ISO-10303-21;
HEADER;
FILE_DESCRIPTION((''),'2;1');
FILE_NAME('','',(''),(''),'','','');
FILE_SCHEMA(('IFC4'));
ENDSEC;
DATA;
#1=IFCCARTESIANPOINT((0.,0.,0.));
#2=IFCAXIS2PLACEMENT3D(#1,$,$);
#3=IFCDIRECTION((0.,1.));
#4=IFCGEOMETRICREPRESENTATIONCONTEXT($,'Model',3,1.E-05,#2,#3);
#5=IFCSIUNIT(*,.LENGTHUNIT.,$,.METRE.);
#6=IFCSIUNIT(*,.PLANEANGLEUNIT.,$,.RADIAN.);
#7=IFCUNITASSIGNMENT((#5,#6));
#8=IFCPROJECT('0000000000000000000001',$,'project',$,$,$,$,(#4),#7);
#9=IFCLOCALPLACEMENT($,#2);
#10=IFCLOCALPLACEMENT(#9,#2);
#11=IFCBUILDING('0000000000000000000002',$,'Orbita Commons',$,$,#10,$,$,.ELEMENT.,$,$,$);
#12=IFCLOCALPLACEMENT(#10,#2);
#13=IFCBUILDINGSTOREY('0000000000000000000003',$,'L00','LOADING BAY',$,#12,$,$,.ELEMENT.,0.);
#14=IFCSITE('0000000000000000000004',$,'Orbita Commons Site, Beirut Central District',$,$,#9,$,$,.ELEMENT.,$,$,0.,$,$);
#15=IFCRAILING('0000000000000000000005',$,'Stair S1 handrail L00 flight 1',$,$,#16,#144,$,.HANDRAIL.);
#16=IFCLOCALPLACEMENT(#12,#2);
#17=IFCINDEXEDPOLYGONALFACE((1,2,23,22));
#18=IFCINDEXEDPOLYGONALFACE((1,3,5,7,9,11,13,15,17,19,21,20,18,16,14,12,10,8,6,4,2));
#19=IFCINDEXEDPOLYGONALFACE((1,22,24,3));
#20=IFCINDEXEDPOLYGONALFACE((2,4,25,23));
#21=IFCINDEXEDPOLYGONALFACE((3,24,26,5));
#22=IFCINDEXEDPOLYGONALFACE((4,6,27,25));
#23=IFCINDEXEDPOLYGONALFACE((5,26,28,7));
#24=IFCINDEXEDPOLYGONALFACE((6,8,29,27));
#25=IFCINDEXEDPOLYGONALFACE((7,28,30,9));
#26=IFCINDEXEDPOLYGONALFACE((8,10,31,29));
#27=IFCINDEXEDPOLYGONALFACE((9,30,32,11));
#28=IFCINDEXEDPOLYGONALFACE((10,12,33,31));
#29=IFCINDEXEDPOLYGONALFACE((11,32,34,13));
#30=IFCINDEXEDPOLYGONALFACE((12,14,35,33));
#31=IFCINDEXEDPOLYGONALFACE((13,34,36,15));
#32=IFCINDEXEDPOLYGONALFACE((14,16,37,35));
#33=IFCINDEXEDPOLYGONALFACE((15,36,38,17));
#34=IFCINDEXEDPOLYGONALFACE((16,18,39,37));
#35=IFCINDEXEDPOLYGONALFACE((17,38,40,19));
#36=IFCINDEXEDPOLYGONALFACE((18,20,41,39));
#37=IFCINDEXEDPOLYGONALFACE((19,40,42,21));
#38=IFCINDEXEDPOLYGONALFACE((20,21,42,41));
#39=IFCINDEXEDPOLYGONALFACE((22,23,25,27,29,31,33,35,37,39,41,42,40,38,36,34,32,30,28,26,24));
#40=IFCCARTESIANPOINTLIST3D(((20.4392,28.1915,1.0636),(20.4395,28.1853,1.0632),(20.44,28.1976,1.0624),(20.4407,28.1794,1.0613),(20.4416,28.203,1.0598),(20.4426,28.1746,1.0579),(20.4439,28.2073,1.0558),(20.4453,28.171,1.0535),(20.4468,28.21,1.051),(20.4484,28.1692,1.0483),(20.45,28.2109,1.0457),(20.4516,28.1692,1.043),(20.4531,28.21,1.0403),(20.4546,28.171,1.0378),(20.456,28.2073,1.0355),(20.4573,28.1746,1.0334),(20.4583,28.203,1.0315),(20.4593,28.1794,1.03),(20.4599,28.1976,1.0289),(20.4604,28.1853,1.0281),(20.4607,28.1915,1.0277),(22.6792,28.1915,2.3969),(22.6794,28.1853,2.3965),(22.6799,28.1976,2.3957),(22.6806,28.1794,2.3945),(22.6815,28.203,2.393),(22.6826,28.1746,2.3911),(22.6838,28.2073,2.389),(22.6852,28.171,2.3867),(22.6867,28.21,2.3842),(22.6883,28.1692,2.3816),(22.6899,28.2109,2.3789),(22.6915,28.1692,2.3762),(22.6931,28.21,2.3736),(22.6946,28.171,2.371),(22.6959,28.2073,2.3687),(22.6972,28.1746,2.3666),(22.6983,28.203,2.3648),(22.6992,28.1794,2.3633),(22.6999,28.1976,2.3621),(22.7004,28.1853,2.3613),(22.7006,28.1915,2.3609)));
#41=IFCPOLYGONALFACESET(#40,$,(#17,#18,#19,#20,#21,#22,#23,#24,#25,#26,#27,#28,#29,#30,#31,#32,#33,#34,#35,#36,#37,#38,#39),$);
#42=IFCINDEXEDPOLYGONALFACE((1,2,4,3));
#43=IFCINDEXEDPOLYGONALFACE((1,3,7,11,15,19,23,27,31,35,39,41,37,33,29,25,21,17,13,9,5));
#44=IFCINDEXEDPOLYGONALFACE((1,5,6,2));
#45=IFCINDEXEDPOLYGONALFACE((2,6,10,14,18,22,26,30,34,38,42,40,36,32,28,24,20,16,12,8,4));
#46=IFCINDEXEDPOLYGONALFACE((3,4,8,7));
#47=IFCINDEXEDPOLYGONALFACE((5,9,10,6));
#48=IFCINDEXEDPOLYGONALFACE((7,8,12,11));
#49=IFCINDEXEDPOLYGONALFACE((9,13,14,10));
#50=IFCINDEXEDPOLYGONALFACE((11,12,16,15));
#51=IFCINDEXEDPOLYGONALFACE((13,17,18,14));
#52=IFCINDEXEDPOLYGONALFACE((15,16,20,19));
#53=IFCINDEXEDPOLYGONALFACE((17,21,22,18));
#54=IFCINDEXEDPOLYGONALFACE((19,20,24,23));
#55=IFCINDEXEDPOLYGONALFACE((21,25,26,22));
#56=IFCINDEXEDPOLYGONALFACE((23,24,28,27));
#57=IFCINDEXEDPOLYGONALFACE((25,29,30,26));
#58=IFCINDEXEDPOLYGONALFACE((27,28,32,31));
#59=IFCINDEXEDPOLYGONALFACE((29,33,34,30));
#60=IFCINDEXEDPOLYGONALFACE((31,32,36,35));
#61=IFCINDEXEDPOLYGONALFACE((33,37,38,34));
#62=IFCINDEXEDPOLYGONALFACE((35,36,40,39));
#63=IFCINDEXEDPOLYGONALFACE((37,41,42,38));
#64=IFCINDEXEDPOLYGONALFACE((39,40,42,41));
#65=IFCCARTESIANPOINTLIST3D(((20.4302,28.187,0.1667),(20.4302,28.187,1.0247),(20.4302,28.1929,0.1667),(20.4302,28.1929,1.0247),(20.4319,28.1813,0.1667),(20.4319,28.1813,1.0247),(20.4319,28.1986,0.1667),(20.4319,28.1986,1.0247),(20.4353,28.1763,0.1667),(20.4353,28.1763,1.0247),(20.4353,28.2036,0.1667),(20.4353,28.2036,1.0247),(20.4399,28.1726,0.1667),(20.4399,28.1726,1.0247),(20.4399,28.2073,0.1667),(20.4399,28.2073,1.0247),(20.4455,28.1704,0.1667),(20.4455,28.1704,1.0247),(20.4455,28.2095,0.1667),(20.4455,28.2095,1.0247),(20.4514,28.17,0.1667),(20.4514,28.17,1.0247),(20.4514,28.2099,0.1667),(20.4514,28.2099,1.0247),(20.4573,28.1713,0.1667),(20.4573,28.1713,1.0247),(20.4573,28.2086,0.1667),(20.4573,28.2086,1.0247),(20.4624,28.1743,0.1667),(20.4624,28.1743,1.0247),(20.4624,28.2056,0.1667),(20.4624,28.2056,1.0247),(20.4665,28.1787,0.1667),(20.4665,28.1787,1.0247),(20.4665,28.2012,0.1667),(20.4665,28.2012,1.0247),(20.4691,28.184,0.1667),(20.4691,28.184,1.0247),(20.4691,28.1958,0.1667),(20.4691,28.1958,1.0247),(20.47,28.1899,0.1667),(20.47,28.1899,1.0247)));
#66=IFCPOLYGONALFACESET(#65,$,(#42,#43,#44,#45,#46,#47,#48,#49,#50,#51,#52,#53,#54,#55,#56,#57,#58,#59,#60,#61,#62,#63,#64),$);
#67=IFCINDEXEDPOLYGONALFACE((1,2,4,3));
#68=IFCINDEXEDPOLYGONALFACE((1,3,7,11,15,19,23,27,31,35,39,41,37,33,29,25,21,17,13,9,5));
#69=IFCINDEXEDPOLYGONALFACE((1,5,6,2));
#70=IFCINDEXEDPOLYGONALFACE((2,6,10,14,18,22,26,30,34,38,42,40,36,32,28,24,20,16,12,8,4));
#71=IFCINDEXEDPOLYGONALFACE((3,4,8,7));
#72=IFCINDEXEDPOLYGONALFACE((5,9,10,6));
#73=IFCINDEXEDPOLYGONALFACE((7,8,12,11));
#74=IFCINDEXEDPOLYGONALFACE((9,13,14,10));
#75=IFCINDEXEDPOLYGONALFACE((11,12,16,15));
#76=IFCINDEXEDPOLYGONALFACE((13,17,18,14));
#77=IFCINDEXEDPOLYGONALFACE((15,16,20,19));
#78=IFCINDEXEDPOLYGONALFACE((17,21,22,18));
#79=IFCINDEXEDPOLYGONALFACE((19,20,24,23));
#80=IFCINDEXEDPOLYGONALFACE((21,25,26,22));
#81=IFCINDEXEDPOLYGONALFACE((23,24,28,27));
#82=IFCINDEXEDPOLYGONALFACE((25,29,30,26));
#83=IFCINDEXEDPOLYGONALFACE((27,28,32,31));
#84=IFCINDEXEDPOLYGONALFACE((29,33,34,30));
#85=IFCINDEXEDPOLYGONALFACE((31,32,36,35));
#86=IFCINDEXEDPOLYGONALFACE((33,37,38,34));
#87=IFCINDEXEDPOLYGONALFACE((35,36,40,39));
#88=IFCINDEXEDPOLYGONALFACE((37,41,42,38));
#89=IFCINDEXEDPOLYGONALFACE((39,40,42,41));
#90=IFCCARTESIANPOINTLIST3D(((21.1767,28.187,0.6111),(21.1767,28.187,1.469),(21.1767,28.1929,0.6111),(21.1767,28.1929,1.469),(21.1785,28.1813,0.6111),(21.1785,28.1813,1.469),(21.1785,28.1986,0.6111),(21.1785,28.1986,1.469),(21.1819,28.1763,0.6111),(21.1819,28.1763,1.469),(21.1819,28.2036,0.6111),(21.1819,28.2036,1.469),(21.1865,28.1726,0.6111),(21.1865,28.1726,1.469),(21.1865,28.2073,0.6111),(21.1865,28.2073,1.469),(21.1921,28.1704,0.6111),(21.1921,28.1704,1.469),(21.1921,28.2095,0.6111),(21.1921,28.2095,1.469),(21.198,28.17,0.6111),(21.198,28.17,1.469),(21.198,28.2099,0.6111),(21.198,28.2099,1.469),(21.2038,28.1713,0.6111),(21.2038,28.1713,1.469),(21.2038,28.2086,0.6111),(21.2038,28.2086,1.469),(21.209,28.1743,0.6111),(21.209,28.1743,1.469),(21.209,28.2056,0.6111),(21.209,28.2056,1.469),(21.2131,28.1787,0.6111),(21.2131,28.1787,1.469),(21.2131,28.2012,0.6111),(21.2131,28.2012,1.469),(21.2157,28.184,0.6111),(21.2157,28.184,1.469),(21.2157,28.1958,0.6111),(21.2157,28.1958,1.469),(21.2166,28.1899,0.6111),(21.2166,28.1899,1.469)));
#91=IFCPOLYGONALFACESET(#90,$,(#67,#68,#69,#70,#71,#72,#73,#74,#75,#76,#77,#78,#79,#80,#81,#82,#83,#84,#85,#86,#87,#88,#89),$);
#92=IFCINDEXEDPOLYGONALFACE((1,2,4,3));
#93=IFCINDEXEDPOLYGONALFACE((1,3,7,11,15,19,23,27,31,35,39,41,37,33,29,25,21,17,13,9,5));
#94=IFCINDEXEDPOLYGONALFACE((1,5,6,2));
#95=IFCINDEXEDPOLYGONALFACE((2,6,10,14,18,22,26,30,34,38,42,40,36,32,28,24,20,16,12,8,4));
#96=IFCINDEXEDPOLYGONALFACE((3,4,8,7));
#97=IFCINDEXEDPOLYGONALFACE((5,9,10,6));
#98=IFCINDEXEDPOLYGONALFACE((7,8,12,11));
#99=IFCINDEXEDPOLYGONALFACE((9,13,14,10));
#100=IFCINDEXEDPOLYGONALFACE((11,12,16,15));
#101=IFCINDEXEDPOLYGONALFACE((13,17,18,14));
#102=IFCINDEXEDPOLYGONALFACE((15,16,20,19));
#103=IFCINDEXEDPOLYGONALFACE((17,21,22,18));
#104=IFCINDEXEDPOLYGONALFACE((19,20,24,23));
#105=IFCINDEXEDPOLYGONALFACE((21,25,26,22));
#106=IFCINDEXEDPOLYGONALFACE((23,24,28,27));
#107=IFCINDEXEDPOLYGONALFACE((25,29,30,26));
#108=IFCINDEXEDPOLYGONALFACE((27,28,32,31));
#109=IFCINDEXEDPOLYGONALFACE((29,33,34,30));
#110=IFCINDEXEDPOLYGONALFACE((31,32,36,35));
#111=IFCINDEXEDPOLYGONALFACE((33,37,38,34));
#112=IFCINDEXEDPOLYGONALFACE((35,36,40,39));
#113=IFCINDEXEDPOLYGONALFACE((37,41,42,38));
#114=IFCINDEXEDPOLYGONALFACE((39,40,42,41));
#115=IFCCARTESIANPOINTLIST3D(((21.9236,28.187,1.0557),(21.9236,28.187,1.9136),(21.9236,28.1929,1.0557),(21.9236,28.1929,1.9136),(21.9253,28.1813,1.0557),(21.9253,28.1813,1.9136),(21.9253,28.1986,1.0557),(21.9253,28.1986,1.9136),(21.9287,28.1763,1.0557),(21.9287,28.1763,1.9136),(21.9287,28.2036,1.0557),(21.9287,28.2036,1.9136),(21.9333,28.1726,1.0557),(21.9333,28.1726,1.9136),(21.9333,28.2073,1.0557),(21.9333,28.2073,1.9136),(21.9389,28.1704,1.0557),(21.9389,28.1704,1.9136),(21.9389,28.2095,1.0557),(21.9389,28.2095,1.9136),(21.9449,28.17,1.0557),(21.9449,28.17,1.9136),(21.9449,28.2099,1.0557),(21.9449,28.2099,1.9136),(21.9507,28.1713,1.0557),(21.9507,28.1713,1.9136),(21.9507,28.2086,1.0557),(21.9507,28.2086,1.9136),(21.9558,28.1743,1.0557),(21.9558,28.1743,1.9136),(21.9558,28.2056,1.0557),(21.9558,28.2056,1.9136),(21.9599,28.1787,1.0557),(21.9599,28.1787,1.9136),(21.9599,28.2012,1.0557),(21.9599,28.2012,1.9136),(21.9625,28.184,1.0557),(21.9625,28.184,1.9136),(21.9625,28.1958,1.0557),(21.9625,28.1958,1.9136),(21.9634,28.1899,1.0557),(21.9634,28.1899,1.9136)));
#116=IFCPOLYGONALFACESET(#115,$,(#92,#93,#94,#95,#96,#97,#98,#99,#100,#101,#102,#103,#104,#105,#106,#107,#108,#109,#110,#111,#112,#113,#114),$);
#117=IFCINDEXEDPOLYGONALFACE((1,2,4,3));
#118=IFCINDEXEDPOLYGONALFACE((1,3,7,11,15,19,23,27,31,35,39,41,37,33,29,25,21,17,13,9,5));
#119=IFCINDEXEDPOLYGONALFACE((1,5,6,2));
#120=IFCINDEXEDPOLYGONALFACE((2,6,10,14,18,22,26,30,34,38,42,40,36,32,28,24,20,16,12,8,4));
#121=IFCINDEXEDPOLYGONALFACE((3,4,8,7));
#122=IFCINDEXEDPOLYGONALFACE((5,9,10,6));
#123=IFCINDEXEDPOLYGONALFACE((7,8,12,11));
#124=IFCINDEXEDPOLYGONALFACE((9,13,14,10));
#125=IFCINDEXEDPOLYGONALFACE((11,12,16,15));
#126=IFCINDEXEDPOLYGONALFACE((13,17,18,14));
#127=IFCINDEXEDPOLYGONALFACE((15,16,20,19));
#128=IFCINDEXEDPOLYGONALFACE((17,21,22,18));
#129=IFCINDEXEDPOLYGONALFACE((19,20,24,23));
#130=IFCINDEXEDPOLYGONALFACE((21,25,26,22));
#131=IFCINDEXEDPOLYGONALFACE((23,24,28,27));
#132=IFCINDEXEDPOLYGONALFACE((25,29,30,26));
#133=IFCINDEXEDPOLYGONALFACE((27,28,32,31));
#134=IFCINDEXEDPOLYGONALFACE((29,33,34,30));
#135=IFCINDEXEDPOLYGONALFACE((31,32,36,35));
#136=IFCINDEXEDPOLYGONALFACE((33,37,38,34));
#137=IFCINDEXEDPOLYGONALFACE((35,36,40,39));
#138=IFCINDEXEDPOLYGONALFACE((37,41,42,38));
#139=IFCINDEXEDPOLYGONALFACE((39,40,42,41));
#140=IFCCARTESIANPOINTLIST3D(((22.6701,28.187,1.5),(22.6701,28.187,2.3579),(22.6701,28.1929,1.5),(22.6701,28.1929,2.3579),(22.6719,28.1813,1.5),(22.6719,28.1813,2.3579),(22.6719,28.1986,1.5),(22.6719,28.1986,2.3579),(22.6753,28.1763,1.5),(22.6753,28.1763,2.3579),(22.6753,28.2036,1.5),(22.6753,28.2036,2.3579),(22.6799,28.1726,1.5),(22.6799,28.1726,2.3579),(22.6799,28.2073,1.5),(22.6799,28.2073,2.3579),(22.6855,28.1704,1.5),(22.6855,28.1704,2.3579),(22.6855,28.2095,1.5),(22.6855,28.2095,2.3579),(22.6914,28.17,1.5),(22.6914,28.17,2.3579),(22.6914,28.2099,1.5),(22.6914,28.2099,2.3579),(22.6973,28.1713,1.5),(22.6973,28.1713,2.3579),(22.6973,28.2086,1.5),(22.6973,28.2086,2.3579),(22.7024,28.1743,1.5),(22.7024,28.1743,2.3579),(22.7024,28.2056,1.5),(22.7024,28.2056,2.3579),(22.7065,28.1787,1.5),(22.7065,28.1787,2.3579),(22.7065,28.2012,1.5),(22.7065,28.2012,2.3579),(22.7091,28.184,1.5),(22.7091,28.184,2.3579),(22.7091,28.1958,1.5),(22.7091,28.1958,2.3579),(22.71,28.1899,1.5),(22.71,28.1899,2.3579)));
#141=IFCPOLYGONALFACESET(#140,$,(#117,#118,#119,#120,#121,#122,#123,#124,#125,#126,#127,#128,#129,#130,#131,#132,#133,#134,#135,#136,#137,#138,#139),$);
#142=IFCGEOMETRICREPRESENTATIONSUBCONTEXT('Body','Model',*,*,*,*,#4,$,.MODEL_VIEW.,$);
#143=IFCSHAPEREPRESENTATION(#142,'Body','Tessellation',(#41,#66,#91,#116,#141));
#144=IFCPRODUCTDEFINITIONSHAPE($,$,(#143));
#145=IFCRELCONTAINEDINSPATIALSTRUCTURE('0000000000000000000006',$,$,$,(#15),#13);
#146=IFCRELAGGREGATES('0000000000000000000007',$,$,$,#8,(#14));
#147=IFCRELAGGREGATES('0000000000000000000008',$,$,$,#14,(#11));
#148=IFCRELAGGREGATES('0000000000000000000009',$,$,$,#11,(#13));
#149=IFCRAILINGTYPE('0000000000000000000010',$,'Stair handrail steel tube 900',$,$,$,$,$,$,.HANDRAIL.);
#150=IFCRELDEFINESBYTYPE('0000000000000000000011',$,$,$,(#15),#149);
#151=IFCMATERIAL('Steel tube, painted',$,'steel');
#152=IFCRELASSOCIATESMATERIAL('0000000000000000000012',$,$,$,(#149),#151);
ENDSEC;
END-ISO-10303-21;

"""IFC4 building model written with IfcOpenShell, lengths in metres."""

from ifc_helpers import new_model, si_unit, direction, frame, origin, origin_2d, place, context, subcontext, project, spatial, circle, extrude, material, type_object, element, save


model = new_model("IFC4")

# Units and contexts
model_context = context("Model", 3, precision=1e-05, world=origin(), true_north=direction((0.0, 1.0)))
body_context = subcontext(model_context, "Body", "Model", "MODEL_VIEW")
ifc_project = project(units=[si_unit("LENGTHUNIT", "METRE"), si_unit("PLANEANGLEUNIT", "RADIAN")], contexts=[model_context])

# Site, building, storey
site_placement = place(None, origin())
site = spatial("IfcSite", under=ifc_project, at=site_placement, Name="Orbita Commons Site, Beirut Central District", CompositionType="ELEMENT", RefElevation=0.0)
building_placement = place(site_placement, origin())
building = spatial("IfcBuilding", under=site, at=building_placement, Name="Orbita Commons", CompositionType="ELEMENT")
storey_placement = place(building_placement, origin())
storey = spatial("IfcBuildingStorey", under=building, at=storey_placement, Name="L00", Description="LOADING BAY", CompositionType="ELEMENT", Elevation=0.0)

# Railing
ifc_material_1 = material(Name="Steel tube, painted", Category="steel")
railing_type = type_object("IfcRailingType", Name="Stair handrail steel tube 900", PredefinedType="HANDRAIL", material=ifc_material_1)
for number, where, name in (
    (1, (20.45, 28.1899, 0.1667), "Stair S1 handrail L00 flight 1"),
):
    element("IfcRailing", number, at=place(storey_placement, frame(where)), inside=storey, type_object=railing_type, Name=name, PredefinedType="HANDRAIL", context=body_context, shape_type="SweptSolid", body=[
        extrude(circle(Radius=0.021, at=origin_2d()), frame((0.0, 0.0, 0.8789), z_axis=(0.859306, 0.0, 0.511462), x_axis=(0.0, 1.0, 0.0)), (0.0, 0.0, 1.0), 2.6067),
        extrude(circle(Radius=0.02, at=origin_2d()), origin(), (0.0, 0.0, 1.0), 0.8579),
        extrude(circle(Radius=0.02, at=origin_2d()), frame((0.7466, 0.0, 0.4443)), (0.0, 0.0, 1.0), 0.8579),
        extrude(circle(Radius=0.02, at=origin_2d()), frame((1.4934, 0.0, 0.8889)), (0.0, 0.0, 1.0), 0.8579),
        extrude(circle(Radius=0.02, at=origin_2d()), frame((2.24, 0.0, 1.3333)), (0.0, 0.0, 1.0), 0.8579),
    ])

save(model, "model.ifc")
